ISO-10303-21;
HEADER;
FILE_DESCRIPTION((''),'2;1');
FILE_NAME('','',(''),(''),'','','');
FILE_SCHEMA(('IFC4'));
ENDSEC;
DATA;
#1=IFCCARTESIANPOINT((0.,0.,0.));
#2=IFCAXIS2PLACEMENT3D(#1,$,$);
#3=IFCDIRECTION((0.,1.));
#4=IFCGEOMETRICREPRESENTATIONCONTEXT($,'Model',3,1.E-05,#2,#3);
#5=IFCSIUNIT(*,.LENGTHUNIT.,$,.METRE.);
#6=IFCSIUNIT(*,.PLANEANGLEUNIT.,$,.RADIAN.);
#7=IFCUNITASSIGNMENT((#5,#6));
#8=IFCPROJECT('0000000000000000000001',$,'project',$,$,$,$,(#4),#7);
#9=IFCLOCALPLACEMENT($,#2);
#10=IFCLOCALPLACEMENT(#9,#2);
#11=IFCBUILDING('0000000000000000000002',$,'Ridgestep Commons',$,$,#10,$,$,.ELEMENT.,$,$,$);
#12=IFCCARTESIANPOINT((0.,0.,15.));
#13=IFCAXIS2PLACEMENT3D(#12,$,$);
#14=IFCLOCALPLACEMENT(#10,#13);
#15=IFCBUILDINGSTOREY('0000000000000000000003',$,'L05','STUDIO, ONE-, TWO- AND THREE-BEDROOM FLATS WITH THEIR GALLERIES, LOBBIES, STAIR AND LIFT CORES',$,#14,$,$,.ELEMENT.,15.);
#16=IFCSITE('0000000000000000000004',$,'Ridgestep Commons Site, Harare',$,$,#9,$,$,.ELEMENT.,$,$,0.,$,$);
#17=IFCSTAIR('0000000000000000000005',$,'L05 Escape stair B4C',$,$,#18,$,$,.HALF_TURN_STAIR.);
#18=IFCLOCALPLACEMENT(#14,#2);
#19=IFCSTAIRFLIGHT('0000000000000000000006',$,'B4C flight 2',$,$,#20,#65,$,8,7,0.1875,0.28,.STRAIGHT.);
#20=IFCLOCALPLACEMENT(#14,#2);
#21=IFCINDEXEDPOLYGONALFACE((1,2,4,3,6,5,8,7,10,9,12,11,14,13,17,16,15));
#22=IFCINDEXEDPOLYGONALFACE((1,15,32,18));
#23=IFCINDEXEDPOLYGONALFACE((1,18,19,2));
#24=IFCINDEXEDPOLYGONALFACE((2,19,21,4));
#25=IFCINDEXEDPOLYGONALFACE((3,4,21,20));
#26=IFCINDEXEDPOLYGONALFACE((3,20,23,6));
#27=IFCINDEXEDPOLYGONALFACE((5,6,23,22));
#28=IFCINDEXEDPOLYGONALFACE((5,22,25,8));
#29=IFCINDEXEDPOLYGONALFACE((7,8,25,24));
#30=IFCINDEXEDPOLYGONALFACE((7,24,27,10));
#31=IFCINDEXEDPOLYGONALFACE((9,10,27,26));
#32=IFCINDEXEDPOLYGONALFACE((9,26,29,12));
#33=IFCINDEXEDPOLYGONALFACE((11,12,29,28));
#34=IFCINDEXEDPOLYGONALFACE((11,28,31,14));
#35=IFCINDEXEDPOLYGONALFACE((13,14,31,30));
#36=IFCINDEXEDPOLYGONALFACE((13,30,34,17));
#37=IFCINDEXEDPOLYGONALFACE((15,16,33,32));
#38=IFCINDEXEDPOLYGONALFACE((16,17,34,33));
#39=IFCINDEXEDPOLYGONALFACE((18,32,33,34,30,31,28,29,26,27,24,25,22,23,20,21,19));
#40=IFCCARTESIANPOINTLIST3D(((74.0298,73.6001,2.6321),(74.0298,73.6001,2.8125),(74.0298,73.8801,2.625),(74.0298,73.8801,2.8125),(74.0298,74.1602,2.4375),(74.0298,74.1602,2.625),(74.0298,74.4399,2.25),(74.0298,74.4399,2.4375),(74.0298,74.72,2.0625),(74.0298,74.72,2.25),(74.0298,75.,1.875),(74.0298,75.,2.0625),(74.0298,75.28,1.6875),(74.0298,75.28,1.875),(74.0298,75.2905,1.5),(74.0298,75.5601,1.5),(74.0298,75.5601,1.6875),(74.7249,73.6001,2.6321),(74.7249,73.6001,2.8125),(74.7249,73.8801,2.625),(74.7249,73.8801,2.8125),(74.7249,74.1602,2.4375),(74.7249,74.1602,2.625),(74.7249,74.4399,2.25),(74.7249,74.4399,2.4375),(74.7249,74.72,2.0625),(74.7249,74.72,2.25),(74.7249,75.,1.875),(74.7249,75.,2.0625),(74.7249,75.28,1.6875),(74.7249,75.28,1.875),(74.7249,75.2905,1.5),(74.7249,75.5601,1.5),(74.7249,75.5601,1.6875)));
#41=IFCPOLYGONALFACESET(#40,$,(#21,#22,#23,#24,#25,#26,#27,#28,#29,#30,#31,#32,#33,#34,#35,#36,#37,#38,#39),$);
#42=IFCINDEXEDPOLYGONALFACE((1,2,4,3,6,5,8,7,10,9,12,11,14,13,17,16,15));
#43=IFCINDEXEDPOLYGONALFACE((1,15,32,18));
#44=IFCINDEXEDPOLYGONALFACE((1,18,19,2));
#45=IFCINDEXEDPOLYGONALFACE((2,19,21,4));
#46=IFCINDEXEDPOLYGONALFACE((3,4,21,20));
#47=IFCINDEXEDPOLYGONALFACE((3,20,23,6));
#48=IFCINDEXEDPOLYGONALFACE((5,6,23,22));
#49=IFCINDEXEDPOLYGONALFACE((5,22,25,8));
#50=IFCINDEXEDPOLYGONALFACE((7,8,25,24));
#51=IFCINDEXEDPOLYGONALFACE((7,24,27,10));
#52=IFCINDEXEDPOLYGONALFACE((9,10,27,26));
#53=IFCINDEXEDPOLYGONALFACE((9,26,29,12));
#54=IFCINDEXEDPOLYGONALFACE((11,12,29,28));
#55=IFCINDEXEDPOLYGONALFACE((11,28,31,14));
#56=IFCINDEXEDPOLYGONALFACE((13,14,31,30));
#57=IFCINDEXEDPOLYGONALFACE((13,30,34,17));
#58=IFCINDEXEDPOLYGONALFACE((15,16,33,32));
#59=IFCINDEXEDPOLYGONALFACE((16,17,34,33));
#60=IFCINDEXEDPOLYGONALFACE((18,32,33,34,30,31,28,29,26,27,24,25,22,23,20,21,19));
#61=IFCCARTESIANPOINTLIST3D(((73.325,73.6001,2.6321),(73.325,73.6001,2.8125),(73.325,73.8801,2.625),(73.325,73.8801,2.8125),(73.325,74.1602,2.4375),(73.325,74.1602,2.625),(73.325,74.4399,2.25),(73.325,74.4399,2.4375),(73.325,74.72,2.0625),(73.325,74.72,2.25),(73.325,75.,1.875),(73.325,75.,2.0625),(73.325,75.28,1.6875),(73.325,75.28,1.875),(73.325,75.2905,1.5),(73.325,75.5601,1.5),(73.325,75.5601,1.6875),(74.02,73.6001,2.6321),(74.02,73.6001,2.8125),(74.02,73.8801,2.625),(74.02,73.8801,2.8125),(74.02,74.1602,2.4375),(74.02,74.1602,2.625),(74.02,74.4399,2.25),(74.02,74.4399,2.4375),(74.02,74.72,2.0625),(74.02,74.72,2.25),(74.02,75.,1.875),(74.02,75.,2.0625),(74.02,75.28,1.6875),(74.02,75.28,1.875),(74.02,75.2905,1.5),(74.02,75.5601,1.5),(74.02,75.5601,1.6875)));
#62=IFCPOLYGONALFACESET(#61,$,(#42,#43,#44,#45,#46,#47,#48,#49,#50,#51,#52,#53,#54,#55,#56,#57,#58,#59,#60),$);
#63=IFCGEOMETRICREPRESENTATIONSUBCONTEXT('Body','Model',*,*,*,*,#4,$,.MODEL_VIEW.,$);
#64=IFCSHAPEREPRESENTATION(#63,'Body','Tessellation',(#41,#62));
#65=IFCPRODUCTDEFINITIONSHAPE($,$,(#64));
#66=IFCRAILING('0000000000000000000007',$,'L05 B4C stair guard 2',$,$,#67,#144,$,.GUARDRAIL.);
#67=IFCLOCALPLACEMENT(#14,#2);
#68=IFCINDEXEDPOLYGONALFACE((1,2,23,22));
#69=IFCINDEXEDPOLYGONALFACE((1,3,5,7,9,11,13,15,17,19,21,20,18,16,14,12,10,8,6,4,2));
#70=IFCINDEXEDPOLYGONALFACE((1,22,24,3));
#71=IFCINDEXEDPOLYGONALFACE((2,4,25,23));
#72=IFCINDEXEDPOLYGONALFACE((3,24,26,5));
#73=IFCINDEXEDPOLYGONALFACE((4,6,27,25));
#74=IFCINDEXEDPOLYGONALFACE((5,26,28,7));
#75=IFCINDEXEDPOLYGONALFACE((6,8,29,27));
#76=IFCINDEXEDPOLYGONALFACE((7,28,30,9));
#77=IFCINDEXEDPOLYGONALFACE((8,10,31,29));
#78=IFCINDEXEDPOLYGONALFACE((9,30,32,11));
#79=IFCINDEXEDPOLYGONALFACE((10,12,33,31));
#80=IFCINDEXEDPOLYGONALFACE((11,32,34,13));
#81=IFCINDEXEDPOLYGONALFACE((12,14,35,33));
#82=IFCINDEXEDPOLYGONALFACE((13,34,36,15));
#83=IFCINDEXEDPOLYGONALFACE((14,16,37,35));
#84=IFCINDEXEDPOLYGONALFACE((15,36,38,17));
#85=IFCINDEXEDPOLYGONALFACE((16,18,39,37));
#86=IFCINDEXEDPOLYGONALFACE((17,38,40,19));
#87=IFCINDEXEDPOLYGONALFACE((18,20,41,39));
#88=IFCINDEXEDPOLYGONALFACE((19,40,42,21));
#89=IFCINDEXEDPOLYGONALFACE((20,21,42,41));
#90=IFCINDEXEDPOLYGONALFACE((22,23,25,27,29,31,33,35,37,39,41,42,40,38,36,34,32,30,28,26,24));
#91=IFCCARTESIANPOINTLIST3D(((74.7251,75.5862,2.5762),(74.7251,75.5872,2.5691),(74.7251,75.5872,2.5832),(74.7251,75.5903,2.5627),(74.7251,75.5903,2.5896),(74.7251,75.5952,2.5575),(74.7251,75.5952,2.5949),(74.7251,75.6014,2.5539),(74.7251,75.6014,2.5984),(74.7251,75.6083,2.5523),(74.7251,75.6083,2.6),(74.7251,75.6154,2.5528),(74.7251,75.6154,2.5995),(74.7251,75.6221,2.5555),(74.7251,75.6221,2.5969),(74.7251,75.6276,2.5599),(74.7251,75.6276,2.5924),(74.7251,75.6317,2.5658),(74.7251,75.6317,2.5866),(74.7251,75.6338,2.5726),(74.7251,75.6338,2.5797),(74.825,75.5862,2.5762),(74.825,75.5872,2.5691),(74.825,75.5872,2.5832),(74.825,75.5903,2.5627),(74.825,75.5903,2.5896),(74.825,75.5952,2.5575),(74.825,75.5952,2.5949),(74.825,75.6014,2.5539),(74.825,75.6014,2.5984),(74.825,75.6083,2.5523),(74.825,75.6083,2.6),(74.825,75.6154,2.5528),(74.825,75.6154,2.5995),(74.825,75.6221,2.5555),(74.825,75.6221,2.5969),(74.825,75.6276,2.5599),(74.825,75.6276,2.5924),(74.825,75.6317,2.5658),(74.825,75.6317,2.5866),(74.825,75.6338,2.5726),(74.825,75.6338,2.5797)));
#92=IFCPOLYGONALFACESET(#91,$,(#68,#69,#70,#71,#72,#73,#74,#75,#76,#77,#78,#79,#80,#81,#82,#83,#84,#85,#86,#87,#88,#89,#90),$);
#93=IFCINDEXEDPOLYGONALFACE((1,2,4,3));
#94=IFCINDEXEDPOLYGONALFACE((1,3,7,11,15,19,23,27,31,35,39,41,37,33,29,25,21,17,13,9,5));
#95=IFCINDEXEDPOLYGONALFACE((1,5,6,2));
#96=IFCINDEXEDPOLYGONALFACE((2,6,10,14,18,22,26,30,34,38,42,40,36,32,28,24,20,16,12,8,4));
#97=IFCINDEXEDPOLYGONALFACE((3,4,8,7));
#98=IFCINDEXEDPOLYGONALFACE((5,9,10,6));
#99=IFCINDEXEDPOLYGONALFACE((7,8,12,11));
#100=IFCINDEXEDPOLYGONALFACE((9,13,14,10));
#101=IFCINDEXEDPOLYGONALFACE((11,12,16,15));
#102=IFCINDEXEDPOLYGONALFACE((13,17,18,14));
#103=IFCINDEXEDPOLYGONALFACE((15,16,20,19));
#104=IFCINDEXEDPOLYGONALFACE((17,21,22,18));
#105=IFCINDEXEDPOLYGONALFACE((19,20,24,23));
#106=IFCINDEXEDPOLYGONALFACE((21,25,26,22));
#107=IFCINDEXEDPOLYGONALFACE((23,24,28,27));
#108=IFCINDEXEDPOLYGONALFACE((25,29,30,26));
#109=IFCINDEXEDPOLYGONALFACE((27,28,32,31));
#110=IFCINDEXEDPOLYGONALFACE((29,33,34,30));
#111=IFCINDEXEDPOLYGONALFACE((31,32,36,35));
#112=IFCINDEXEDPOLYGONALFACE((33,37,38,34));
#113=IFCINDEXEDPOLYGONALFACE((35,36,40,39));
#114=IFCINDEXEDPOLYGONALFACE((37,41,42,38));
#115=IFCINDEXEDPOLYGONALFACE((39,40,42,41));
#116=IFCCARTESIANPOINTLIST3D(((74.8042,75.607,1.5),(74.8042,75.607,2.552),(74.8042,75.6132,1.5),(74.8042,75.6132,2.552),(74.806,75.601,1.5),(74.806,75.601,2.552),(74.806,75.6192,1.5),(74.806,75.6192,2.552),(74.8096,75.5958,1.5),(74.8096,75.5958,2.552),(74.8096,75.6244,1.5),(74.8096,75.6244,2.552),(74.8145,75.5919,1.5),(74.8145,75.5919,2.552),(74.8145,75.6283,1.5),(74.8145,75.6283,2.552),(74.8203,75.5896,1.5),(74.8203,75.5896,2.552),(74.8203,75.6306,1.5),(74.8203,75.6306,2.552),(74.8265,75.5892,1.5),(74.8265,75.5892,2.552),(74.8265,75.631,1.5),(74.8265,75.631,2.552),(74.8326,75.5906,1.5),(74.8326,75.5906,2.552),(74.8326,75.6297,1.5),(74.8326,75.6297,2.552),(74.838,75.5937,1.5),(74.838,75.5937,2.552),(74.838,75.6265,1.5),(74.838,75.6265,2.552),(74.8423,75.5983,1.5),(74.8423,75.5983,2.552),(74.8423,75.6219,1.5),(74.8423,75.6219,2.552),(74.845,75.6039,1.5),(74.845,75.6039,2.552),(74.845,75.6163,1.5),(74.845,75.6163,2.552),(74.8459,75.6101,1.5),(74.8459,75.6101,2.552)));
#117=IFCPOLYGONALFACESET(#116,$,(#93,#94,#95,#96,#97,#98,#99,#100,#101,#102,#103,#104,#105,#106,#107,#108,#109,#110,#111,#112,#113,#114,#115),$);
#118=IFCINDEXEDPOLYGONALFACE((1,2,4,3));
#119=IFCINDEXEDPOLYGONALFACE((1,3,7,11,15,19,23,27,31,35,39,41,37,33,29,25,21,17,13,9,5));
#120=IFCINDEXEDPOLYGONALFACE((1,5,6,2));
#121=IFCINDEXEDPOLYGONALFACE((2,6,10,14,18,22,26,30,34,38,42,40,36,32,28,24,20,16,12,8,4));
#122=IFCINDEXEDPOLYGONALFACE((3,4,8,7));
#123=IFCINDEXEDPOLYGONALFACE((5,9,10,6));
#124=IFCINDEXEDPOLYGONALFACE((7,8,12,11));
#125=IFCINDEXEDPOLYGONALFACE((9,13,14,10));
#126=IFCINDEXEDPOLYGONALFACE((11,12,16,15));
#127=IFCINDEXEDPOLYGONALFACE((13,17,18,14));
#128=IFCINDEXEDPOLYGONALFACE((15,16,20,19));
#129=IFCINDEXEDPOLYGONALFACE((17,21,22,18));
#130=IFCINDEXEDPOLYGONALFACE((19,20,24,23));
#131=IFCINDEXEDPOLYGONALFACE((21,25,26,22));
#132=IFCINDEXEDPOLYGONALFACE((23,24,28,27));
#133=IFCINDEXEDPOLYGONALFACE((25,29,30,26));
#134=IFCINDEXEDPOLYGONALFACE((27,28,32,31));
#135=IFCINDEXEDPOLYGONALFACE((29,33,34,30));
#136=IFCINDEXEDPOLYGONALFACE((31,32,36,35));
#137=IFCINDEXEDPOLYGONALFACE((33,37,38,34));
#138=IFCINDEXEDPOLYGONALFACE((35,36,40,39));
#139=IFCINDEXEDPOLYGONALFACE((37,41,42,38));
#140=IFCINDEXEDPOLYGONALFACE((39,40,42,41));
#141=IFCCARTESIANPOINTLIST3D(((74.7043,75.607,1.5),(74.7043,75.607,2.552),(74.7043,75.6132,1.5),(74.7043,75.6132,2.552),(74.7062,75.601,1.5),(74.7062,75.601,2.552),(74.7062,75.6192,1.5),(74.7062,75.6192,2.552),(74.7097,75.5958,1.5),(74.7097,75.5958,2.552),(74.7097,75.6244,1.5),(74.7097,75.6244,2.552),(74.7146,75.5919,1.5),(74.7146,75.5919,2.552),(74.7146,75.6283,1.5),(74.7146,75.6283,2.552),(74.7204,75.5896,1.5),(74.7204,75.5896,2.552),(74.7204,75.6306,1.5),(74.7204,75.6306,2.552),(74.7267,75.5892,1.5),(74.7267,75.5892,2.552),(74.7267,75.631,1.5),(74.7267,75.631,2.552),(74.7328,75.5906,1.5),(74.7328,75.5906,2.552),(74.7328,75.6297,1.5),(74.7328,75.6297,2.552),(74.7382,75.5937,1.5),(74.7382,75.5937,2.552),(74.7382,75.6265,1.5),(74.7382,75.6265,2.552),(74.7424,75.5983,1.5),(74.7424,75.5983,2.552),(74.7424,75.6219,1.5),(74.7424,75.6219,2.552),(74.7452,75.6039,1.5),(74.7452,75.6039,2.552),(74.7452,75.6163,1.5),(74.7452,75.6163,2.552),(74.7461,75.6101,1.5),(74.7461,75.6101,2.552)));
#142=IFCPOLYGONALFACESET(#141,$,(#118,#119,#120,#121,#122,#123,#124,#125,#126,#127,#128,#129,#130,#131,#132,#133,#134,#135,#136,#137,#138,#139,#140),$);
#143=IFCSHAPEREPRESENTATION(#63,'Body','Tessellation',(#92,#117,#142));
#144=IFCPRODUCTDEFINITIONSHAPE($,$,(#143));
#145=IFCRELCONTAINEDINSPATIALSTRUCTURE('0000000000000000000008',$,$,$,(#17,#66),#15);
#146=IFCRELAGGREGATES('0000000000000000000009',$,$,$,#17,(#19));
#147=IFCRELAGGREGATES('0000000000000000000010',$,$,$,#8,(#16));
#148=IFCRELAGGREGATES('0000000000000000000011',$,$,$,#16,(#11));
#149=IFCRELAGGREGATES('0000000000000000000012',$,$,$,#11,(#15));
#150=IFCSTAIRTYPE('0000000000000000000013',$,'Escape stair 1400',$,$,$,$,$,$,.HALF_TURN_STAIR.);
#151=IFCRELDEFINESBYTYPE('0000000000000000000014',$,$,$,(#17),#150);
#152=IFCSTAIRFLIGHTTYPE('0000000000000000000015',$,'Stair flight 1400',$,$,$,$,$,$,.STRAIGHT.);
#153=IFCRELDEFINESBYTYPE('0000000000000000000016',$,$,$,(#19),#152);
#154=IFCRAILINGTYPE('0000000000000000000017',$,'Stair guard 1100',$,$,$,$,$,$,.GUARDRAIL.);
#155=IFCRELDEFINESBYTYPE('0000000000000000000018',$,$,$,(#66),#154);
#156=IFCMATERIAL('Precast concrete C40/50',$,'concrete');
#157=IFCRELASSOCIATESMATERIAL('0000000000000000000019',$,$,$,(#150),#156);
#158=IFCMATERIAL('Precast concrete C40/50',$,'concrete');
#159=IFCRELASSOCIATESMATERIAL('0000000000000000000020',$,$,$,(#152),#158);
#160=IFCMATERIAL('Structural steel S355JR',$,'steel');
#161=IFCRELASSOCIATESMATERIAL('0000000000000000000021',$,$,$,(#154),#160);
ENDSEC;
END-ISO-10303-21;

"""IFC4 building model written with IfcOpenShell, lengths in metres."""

from ifc_helpers import new_model, si_unit, direction, frame, origin, origin_2d, place, context, subcontext, project, spatial, polyline, circle, outline, extrude, material, type_object, element, aggregate, save


model = new_model("IFC4")

# Units and contexts
model_context = context("Model", 3, precision=1e-05, world=origin(), true_north=direction((0.0, 1.0)))
body_context = subcontext(model_context, "Body", "Model", "MODEL_VIEW")
ifc_project = project(units=[si_unit("LENGTHUNIT", "METRE"), si_unit("PLANEANGLEUNIT", "RADIAN")], contexts=[model_context])

# Site, building, storey
site_placement = place(None, origin())
site = spatial("IfcSite", under=ifc_project, at=site_placement, Name="Ridgestep Commons Site, Harare", CompositionType="ELEMENT", RefElevation=0.0)
building_placement = place(site_placement, origin())
building = spatial("IfcBuilding", under=site, at=building_placement, Name="Ridgestep Commons", CompositionType="ELEMENT")
storey_placement = place(building_placement, frame((0.0, 0.0, 15.0)))
storey = spatial("IfcBuildingStorey", under=building, at=storey_placement, Name="L05", Description="STUDIO, ONE-, TWO- AND THREE-BEDROOM FLATS WITH THEIR GALLERIES, LOBBIES, STAIR AND LIFT CORES", CompositionType="ELEMENT", Elevation=15.0)

# Stair, stair flight
ifc_material_1 = material(Name="Precast concrete C40/50", Category="concrete")
stair_type = type_object("IfcStairType", Name="Escape stair 1400", PredefinedType="HALF_TURN_STAIR", material=ifc_material_1)
stair_placement = place(storey_placement, origin())
stair = element("IfcStair", 1, at=stair_placement, inside=storey, type_object=stair_type, Name="L05 Escape stair B4C", PredefinedType="HALF_TURN_STAIR")
ifc_material_2 = material(Name="Precast concrete C40/50", Category="concrete")
stair_flight_type = type_object("IfcStairFlightType", Name="Stair flight 1400", PredefinedType="STRAIGHT", material=ifc_material_2)
stair_flight_placement = place(storey_placement, frame((74.0249, 75.5601, 1.5), z_axis=(0.0, 0.0, 1.0), x_axis=(0.0, -1.0, 0.0)))
stair_flight = element("IfcStairFlight", 2, at=stair_flight_placement, type_object=stair_flight_type, Name="B4C flight 2", NumberOfRisers=8, NumberOfTreads=7, PredefinedType="STRAIGHT", RiserHeight=0.1875, TreadLength=0.28, context=body_context, shape_type="SweptSolid", body=[
    extrude(outline(polyline([(0.0, 0.0), (0.0, 0.1875), (0.28, 0.1875), (0.28, 0.375), (0.5601, 0.375), (0.5601, 0.5625), (0.8401, 0.5625), (0.8401, 0.75), (1.1201, 0.75), (1.1201, 0.9375), (1.3999, 0.9375), (1.3999, 1.125), (1.6799, 1.125), (1.6799, 1.3125), (1.96, 1.3125), (1.96, 1.5), (1.96, 1.1321), (0.2695, 0.0), (0.0, 0.0)])), frame((0.0, 0.7, 0.0), z_axis=(0.0, -1.0, 0.0), x_axis=(1.0, 0.0, 0.0)), (0.0, 0.0, 1.0), 0.6951),
    extrude(outline(polyline([(0.0, 0.0), (0.0, 0.1875), (0.28, 0.1875), (0.28, 0.375), (0.5601, 0.375), (0.5601, 0.5625), (0.8401, 0.5625), (0.8401, 0.75), (1.1201, 0.75), (1.1201, 0.9375), (1.3999, 0.9375), (1.3999, 1.125), (1.6799, 1.125), (1.6799, 1.3125), (1.96, 1.3125), (1.96, 1.5), (1.96, 1.1321), (0.2695, 0.0), (0.0, 0.0)])), frame((0.0, -0.0049, 0.0), z_axis=(0.0, -1.0, 0.0), x_axis=(1.0, 0.0, 0.0)), (0.0, 0.0, 1.0), 0.6951),
])
aggregate(stair, [stair_flight])

# Railing
ifc_material_3 = material(Name="Structural steel S355JR", Category="steel")
railing_type_1 = type_object("IfcRailingType", Name="Stair guard 1100", PredefinedType="GUARDRAIL", material=ifc_material_3)
railing_1_placement = place(storey_placement, frame((74.825, 75.6101, 1.5)))
element("IfcRailing", 3, at=railing_1_placement, inside=storey, type_object=railing_type_1, Name="L05 B4C stair guard 2", PredefinedType="GUARDRAIL", context=body_context, shape_type="SweptSolid", body=[
    extrude(circle(Radius=0.0239, at=origin_2d()), frame((0.0, 0.0, 1.0762), z_axis=(-1.0, 0.0, 0.0), x_axis=(0.0, -1.0, 0.0)), (0.0, 0.0, 1.0), 0.0999),
    extrude(circle(Radius=0.021, at=origin_2d()), origin(), (0.0, 0.0, 1.0), 1.052),
    extrude(circle(Radius=0.021, at=origin_2d()), frame((-0.0999, 0.0, 0.0)), (0.0, 0.0, 1.0), 1.052),
])

save(model, "model.ifc")
